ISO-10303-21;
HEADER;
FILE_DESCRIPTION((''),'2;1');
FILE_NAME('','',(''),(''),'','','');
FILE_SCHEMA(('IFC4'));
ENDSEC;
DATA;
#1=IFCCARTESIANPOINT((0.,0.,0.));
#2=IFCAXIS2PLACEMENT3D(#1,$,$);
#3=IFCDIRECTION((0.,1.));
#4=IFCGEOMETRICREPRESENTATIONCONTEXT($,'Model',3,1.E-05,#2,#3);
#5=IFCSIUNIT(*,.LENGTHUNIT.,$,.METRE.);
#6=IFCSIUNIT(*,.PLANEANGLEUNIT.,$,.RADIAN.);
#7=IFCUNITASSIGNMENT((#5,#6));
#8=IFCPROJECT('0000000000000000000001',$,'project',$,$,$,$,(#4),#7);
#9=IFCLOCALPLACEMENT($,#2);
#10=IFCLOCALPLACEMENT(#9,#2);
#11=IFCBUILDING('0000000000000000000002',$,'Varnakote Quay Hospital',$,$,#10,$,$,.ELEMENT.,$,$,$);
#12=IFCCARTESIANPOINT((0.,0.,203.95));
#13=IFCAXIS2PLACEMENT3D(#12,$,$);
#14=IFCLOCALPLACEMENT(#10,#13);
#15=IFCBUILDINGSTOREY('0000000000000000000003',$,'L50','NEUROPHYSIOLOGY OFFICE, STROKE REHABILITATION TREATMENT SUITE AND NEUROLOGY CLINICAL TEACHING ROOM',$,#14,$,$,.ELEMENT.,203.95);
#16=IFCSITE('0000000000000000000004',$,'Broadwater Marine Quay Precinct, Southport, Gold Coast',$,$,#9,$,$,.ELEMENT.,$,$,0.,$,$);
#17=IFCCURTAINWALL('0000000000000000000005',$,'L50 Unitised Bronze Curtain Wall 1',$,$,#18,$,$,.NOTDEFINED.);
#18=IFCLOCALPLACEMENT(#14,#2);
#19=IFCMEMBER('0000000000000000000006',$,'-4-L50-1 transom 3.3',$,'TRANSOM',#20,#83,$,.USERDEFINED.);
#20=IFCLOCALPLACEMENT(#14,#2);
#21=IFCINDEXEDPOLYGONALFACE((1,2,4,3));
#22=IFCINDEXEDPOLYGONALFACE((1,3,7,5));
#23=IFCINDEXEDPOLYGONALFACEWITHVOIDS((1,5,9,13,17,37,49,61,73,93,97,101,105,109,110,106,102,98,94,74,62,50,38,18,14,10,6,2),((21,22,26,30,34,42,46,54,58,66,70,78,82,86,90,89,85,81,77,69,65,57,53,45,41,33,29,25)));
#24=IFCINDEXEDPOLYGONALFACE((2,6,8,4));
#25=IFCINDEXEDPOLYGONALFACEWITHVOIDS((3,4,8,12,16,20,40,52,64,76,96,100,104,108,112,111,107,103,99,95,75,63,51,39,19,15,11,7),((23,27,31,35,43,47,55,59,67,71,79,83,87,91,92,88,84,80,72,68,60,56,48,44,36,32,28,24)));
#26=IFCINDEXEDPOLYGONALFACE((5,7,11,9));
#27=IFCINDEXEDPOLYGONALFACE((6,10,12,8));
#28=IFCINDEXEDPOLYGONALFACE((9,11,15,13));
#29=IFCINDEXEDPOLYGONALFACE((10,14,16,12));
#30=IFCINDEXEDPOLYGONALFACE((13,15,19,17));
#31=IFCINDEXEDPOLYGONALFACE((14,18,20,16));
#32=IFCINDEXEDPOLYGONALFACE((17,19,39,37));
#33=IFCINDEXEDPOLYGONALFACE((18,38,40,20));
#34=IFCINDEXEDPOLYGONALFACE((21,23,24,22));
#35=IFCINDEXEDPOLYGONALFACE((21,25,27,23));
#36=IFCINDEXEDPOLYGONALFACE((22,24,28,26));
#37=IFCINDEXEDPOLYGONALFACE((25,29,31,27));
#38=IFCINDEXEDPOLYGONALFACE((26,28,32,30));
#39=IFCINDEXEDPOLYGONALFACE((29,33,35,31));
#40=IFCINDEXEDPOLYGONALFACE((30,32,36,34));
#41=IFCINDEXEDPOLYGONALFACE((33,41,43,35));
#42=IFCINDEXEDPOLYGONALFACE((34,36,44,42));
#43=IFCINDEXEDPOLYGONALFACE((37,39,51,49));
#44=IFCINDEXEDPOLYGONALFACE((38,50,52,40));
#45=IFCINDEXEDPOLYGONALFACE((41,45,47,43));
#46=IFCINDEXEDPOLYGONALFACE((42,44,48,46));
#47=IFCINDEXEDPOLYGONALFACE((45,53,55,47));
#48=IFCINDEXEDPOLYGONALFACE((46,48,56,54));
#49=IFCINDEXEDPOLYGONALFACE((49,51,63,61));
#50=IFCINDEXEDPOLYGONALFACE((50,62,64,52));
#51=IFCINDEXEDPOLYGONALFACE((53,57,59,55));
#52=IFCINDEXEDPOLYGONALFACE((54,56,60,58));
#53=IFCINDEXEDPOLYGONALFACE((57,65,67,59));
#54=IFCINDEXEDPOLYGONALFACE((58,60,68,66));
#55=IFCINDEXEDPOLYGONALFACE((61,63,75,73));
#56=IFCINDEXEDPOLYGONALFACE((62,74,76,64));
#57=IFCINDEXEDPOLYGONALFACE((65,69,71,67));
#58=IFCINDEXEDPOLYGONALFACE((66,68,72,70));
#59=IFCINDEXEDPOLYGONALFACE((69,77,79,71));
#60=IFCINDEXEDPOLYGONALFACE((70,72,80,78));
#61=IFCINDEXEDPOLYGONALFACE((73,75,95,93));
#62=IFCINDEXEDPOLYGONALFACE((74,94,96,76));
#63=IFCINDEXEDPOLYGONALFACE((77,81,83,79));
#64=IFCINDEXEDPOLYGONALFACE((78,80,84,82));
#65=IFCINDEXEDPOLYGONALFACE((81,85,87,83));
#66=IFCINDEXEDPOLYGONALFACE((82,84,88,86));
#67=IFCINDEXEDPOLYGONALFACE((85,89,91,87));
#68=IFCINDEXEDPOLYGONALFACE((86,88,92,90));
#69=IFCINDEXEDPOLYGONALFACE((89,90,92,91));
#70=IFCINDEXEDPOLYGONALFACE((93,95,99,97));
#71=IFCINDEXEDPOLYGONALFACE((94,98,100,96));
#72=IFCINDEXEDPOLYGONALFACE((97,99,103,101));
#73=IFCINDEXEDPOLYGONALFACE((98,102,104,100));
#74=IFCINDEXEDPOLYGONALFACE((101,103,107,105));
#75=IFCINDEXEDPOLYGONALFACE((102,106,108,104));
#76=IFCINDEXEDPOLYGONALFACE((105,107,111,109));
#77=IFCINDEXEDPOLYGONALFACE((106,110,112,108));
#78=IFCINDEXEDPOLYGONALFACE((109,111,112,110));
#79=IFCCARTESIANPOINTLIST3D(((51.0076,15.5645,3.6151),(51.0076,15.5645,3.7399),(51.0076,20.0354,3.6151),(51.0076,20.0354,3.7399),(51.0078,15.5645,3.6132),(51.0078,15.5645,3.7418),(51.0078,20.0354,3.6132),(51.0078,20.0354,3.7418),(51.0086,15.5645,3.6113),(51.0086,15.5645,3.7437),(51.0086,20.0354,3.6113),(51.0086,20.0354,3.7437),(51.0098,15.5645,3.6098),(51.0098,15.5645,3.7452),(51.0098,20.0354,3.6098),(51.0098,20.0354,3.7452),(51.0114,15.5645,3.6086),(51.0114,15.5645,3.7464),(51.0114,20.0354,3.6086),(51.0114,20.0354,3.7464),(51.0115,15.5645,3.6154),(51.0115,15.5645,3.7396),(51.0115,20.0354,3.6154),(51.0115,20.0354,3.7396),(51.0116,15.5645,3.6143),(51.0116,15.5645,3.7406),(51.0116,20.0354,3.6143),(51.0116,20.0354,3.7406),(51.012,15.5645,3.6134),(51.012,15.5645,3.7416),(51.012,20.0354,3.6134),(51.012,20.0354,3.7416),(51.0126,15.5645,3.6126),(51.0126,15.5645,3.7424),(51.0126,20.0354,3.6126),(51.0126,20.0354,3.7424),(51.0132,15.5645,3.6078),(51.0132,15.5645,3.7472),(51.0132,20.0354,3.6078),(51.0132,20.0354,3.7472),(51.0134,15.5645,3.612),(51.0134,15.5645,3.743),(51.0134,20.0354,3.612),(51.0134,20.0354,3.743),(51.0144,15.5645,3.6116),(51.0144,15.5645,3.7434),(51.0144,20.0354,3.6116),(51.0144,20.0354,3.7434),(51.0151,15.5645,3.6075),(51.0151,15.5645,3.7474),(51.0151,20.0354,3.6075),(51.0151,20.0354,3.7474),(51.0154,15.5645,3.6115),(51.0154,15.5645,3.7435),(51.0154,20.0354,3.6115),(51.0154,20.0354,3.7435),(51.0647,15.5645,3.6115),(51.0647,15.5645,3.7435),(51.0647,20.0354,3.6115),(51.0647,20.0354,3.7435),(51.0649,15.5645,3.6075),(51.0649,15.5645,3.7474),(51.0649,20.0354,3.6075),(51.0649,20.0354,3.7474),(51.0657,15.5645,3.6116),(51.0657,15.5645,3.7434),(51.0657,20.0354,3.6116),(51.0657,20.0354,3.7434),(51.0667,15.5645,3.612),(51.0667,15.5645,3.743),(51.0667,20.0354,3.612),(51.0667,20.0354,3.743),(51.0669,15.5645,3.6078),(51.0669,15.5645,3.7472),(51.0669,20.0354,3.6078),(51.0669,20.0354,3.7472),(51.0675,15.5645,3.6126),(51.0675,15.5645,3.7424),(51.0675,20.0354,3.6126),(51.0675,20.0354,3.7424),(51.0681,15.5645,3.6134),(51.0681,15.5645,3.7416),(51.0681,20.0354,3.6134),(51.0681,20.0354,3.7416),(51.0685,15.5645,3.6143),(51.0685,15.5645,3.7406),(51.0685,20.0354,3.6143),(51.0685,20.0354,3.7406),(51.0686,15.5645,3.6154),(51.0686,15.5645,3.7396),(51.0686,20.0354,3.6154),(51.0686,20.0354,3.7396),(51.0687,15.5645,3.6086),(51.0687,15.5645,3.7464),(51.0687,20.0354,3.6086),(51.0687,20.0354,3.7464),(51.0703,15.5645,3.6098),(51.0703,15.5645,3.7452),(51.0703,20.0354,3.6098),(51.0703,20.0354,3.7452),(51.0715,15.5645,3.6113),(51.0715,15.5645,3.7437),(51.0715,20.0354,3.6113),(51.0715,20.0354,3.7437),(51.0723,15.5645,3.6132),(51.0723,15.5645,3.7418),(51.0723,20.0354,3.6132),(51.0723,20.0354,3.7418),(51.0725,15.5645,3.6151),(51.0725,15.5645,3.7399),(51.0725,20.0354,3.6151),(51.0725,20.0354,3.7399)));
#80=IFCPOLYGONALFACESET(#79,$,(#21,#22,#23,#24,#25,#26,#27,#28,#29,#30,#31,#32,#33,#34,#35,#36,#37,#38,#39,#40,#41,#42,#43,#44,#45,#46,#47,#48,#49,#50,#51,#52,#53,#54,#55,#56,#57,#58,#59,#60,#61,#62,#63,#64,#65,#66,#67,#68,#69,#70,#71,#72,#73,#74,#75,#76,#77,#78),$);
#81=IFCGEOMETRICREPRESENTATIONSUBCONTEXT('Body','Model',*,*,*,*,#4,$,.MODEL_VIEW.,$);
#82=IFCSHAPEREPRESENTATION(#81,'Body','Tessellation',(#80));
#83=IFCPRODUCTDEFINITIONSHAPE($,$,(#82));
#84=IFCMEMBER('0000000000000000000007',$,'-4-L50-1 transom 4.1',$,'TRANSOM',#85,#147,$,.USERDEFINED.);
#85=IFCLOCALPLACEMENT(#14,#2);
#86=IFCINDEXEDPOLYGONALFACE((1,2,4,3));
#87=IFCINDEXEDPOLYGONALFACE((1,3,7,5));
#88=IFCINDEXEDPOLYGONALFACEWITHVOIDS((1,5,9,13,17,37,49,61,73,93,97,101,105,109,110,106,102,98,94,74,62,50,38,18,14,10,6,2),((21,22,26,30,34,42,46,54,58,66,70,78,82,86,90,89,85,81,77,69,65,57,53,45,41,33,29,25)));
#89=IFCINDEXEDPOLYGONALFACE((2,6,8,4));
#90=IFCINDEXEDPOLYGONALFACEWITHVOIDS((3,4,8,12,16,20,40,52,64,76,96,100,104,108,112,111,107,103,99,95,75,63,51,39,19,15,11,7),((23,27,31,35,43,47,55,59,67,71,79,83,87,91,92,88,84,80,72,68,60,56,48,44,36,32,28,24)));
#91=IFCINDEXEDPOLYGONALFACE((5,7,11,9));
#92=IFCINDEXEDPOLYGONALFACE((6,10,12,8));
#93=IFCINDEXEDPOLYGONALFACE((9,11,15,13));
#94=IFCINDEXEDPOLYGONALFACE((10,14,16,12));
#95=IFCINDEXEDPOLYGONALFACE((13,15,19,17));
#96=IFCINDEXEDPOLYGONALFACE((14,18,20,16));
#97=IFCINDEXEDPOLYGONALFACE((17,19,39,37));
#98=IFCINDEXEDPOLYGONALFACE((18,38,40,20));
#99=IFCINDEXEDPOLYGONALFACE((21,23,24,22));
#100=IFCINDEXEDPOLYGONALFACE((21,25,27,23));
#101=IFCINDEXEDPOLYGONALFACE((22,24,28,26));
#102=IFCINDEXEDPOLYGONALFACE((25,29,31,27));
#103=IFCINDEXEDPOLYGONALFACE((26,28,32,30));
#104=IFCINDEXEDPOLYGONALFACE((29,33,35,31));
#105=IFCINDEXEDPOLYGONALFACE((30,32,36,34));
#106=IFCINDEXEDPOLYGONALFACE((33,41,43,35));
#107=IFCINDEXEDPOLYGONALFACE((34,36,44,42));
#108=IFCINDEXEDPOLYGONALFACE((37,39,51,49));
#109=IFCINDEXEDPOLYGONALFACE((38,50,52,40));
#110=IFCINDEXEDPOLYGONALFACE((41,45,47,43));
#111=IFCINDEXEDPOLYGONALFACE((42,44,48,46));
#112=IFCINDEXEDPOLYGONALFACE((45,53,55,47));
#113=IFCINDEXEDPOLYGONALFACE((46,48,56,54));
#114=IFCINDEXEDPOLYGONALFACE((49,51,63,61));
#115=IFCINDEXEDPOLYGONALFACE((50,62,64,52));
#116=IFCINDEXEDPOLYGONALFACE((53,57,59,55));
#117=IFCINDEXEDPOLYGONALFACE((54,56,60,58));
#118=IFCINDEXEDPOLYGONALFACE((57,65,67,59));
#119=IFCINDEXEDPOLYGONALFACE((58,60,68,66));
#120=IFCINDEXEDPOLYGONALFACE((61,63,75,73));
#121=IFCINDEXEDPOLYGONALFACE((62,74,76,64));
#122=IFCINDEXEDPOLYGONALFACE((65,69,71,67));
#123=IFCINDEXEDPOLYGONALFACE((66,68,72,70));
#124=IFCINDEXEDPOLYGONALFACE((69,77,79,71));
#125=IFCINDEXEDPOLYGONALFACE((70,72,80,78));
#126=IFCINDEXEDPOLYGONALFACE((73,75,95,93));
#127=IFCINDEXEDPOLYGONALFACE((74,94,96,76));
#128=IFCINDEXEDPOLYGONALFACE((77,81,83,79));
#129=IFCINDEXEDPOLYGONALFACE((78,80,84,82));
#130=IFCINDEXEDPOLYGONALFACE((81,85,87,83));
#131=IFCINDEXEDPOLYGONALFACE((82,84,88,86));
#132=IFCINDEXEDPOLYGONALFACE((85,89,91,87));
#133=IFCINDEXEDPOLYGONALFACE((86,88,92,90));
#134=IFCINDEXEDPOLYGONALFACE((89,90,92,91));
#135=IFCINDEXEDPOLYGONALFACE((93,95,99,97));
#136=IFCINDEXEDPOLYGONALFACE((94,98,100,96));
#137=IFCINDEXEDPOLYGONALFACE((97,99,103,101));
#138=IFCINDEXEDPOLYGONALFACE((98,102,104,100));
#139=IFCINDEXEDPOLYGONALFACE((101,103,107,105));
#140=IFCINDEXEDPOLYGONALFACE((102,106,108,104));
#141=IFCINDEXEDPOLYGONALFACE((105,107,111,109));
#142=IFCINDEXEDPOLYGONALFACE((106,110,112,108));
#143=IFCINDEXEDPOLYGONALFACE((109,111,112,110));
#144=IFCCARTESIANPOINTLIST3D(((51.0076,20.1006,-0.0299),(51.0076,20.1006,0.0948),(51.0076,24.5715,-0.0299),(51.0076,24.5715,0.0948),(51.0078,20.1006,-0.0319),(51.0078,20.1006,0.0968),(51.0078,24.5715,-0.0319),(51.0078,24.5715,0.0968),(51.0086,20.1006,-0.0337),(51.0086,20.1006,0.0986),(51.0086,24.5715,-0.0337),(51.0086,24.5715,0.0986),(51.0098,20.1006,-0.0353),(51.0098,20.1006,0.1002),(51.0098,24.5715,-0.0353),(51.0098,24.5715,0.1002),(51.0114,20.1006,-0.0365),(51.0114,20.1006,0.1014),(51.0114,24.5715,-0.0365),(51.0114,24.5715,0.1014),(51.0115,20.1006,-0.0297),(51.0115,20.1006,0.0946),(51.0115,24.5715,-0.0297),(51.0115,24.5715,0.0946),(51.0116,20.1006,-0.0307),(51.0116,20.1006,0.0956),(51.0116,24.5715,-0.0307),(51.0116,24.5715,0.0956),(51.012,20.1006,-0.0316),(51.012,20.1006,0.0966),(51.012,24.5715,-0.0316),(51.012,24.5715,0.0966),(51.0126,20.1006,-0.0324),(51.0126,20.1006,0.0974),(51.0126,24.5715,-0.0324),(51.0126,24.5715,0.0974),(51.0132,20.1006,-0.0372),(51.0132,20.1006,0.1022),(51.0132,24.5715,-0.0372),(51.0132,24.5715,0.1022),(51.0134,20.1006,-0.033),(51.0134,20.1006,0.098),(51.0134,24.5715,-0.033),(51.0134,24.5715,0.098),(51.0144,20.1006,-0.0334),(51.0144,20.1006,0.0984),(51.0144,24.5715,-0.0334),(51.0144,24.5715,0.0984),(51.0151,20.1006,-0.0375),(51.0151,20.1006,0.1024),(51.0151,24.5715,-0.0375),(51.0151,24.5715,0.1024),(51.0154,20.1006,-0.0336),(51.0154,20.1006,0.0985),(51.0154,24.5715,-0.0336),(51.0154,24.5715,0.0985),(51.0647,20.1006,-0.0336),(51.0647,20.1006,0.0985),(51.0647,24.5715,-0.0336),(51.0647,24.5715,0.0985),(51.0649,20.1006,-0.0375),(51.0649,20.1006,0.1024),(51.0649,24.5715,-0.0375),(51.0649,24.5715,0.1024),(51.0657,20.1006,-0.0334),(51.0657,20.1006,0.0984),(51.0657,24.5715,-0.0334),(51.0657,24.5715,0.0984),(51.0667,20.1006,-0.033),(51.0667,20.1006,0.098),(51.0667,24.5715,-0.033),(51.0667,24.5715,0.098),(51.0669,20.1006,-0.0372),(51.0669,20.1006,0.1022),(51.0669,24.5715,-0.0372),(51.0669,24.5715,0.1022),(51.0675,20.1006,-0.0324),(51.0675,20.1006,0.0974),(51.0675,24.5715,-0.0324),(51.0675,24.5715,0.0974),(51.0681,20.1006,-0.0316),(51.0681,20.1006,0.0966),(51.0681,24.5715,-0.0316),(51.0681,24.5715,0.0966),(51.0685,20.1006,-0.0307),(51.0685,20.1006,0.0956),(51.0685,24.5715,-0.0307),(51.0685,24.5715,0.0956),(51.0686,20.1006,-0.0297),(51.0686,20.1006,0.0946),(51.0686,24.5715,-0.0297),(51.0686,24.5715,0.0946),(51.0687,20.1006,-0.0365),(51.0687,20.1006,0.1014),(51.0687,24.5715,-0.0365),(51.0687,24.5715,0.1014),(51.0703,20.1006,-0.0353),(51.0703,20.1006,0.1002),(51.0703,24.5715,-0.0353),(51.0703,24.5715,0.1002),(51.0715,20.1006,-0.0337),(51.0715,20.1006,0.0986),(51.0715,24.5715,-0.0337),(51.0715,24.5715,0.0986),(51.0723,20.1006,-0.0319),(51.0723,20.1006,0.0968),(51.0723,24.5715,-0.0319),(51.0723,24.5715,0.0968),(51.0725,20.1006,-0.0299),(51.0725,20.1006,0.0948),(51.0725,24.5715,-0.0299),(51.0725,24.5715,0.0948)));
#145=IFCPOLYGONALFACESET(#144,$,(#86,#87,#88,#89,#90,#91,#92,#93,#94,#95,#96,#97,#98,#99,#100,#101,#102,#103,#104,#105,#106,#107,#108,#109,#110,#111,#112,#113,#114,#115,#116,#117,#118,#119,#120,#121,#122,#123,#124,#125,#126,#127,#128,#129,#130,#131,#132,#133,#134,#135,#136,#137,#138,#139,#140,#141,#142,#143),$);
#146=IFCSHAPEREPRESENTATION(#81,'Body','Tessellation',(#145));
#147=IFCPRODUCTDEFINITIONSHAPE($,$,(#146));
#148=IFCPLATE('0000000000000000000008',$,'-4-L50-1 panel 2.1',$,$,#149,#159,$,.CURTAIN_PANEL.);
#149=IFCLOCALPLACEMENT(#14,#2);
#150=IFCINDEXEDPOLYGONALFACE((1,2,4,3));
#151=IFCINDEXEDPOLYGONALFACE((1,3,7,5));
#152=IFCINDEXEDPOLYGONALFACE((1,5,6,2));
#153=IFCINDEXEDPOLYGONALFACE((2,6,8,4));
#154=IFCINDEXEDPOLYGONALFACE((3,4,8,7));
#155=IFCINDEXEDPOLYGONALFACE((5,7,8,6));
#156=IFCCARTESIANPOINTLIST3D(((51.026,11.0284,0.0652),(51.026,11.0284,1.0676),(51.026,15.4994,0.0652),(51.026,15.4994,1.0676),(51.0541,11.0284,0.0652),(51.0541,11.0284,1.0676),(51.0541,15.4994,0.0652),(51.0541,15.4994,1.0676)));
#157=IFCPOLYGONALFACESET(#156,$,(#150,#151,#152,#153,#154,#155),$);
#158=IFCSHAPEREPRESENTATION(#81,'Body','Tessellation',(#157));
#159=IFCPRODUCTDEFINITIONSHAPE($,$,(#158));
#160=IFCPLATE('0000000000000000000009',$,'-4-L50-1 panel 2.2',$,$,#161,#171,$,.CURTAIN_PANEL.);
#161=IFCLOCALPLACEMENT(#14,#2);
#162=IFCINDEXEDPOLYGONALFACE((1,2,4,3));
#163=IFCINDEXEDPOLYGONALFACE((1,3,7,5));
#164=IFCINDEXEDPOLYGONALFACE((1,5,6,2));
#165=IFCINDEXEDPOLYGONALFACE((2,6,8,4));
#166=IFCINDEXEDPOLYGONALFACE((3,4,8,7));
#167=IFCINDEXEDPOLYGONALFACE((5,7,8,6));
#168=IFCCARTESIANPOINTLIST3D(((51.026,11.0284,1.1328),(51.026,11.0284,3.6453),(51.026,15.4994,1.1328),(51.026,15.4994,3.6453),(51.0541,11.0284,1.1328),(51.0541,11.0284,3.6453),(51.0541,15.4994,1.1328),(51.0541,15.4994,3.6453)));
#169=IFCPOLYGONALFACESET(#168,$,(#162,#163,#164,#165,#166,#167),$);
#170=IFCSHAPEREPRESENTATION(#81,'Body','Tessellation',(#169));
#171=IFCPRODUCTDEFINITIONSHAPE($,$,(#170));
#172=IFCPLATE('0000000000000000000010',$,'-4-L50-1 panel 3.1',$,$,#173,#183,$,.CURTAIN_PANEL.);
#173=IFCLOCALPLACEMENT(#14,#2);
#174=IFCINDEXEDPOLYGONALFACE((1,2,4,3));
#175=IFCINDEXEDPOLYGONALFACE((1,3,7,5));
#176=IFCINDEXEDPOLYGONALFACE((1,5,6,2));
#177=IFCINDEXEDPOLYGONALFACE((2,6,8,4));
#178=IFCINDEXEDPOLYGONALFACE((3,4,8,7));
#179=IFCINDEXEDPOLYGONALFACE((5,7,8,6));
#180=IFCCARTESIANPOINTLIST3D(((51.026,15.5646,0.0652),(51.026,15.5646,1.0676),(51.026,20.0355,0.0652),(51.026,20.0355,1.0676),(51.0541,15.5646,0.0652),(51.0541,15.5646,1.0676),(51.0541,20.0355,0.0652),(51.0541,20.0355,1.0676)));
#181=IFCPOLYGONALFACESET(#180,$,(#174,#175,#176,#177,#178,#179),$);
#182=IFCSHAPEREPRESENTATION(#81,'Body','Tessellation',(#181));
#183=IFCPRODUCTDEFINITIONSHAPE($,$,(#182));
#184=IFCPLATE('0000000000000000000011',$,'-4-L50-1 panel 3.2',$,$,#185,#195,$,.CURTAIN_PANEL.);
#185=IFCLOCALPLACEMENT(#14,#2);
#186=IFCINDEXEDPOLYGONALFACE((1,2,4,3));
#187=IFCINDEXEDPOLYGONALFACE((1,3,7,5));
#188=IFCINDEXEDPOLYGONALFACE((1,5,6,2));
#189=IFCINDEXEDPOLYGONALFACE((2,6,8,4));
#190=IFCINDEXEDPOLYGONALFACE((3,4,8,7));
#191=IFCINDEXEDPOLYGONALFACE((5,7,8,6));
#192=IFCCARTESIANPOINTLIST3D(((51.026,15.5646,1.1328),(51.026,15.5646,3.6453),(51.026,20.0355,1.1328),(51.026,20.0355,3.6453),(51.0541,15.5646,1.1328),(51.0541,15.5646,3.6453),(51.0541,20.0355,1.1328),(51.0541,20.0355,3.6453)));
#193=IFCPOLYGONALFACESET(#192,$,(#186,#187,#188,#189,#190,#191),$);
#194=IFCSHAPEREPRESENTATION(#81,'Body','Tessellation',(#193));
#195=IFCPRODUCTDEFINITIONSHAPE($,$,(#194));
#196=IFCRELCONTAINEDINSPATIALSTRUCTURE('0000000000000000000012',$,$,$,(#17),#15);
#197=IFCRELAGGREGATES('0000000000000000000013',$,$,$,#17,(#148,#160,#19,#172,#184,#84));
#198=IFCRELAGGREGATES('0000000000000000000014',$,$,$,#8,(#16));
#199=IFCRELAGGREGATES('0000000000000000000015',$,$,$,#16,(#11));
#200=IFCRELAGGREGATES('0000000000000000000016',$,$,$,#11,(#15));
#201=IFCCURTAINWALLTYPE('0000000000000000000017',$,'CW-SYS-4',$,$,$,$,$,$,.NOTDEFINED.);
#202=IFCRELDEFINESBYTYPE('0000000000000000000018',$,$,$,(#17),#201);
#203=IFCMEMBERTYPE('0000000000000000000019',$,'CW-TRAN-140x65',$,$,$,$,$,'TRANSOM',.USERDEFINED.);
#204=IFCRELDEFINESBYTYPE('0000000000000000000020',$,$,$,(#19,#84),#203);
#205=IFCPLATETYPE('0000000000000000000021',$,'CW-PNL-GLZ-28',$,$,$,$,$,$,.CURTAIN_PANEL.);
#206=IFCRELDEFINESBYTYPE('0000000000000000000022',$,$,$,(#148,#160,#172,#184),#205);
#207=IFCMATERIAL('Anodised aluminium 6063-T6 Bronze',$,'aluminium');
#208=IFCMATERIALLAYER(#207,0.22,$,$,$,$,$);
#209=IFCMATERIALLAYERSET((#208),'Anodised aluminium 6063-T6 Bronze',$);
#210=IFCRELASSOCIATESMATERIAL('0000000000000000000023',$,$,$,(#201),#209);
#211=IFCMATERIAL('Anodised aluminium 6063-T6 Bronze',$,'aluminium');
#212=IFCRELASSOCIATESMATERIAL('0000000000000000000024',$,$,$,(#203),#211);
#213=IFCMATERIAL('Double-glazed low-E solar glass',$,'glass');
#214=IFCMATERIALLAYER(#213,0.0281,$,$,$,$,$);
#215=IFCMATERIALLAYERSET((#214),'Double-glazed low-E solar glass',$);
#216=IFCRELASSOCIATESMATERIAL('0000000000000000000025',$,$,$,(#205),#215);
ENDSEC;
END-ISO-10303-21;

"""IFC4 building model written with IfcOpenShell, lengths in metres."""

from ifc_helpers import new_model, si_unit, direction, frame, origin, origin_2d, place, context, subcontext, project, spatial, rectangle, hollow_rectangle, extrude, material, layer, layer_set, material_profile, profile_set, type_object, element, aggregate, save


model = new_model("IFC4")

# Units and contexts
model_context = context("Model", 3, precision=1e-05, world=origin(), true_north=direction((0.0, 1.0)))
body_context = subcontext(model_context, "Body", "Model", "MODEL_VIEW")
ifc_project = project(units=[si_unit("LENGTHUNIT", "METRE"), si_unit("PLANEANGLEUNIT", "RADIAN")], contexts=[model_context])

# Site, building, storey
site_placement = place(None, origin())
site = spatial("IfcSite", under=ifc_project, at=site_placement, Name="Broadwater Marine Quay Precinct, Southport, Gold Coast", CompositionType="ELEMENT", RefElevation=0.0)
building_placement = place(site_placement, origin())
building = spatial("IfcBuilding", under=site, at=building_placement, Name="Varnakote Quay Hospital", CompositionType="ELEMENT")
storey_placement = place(building_placement, frame((0.0, 0.0, 203.95)))
storey = spatial("IfcBuildingStorey", under=building, at=storey_placement, Name="L50", Description="NEUROPHYSIOLOGY OFFICE, STROKE REHABILITATION TREATMENT SUITE AND NEUROLOGY CLINICAL TEACHING ROOM", CompositionType="ELEMENT", Elevation=203.95)

# Curtain wall, members, plates
ifc_material_1 = material(Name="Anodised aluminium 6063-T6 Bronze", Category="aluminium")
ifc_layer_1 = layer(ifc_material_1, 0.22)
ifc_layer_set_1 = layer_set([ifc_layer_1], Name="Anodised aluminium 6063-T6 Bronze")
curtain_wall_type = type_object("IfcCurtainWallType", Name="CW-SYS-4", PredefinedType="NOTDEFINED", material=ifc_layer_set_1)
curtain_wall_placement = place(storey_placement, origin())
curtain_wall = element("IfcCurtainWall", 1, at=curtain_wall_placement, inside=storey, type_object=curtain_wall_type, Name="L50 Unitised Bronze Curtain Wall 1", PredefinedType="NOTDEFINED")
ifc_material_2 = material(Name="Anodised aluminium 6063-T6 Bronze", Category="aluminium")
ifc_material_profile_1 = material_profile(ifc_material_2, hollow_rectangle(XDim=0.0649, YDim=0.1399, WallThickness=0.0039, InnerFilletRadius=0.0039, OuterFilletRadius=0.0076, at=origin_2d()), Name="CW-TRAN-140x65")
ifc_profile_set_1 = profile_set([ifc_material_profile_1], Name="Anodised aluminium 6063-T6 Bronze")
member_type_1 = type_object("IfcMemberType", Name="CW-TRAN-140x65", ElementType="TRANSOM", PredefinedType="USERDEFINED", material=ifc_profile_set_1)
member_1_placement = place(storey_placement, frame((51.04, 15.5645, 3.6775), z_axis=(0.0, 1.0, 0.0), x_axis=(-1.0, 0.0, 0.0)))
member_1 = element("IfcMember", 2, at=member_1_placement, type_object=member_type_1, Name="-4-L50-1 transom 3.3", ObjectType="TRANSOM", PredefinedType="USERDEFINED", context=body_context, shape_type="SweptSolid", body=[
    extrude(hollow_rectangle(XDim=0.0649, YDim=0.1399, WallThickness=0.0039, InnerFilletRadius=0.0039, OuterFilletRadius=0.0076, at=origin_2d()), origin(), (0.0, 0.0, 1.0), 4.4709),
])
member_2_placement = place(storey_placement, frame((51.04, 20.1006, 0.0325), z_axis=(0.0, 1.0, 0.0), x_axis=(-1.0, 0.0, 0.0)))
member_2 = element("IfcMember", 3, at=member_2_placement, type_object=member_type_1, Name="-4-L50-1 transom 4.1", ObjectType="TRANSOM", PredefinedType="USERDEFINED", context=body_context, shape_type="SweptSolid", body=[
    extrude(hollow_rectangle(XDim=0.0649, YDim=0.1399, WallThickness=0.0039, InnerFilletRadius=0.0039, OuterFilletRadius=0.0076, at=origin_2d()), origin(), (0.0, 0.0, 1.0), 4.4709),
])
ifc_material_3 = material(Name="Double-glazed low-E solar glass", Category="glass")
ifc_layer_2 = layer(ifc_material_3, 0.0281)
ifc_layer_set_2 = layer_set([ifc_layer_2], Name="Double-glazed low-E solar glass")
plate_type = type_object("IfcPlateType", Name="CW-PNL-GLZ-28", PredefinedType="CURTAIN_PANEL", material=ifc_layer_set_2)
plate_1_placement = place(storey_placement, frame((51.04, 13.2639, 0.0652), z_axis=(0.0, 0.0, 1.0), x_axis=(0.0, 1.0, 0.0)))
plate_1 = element("IfcPlate", 4, at=plate_1_placement, type_object=plate_type, Name="-4-L50-1 panel 2.1", PredefinedType="CURTAIN_PANEL", context=body_context, shape_type="SweptSolid", body=[
    extrude(rectangle(XDim=4.4709, YDim=0.0281, at=origin_2d()), origin(), (0.0, 0.0, 1.0), 1.0024),
])
plate_2_placement = place(storey_placement, frame((51.04, 13.2639, 1.1328), z_axis=(0.0, 0.0, 1.0), x_axis=(0.0, 1.0, 0.0)))
plate_2 = element("IfcPlate", 5, at=plate_2_placement, type_object=plate_type, Name="-4-L50-1 panel 2.2", PredefinedType="CURTAIN_PANEL", context=body_context, shape_type="SweptSolid", body=[
    extrude(rectangle(XDim=4.4709, YDim=0.0281, at=origin_2d()), origin(), (0.0, 0.0, 1.0), 2.5125),
])
plate_3_placement = place(storey_placement, frame((51.04, 17.8, 0.0652), z_axis=(0.0, 0.0, 1.0), x_axis=(0.0, 1.0, 0.0)))
plate_3 = element("IfcPlate", 6, at=plate_3_placement, type_object=plate_type, Name="-4-L50-1 panel 3.1", PredefinedType="CURTAIN_PANEL", context=body_context, shape_type="SweptSolid", body=[
    extrude(rectangle(XDim=4.4709, YDim=0.0281, at=origin_2d()), origin(), (0.0, 0.0, 1.0), 1.0024),
])
plate_4_placement = place(storey_placement, frame((51.04, 17.8, 1.1328), z_axis=(0.0, 0.0, 1.0), x_axis=(0.0, 1.0, 0.0)))
plate_4 = element("IfcPlate", 7, at=plate_4_placement, type_object=plate_type, Name="-4-L50-1 panel 3.2", PredefinedType="CURTAIN_PANEL", context=body_context, shape_type="SweptSolid", body=[
    extrude(rectangle(XDim=4.4709, YDim=0.0281, at=origin_2d()), origin(), (0.0, 0.0, 1.0), 2.5125),
])
aggregate(curtain_wall, [plate_1, plate_2, member_1, plate_3, plate_4, member_2])

save(model, "model.ifc")
